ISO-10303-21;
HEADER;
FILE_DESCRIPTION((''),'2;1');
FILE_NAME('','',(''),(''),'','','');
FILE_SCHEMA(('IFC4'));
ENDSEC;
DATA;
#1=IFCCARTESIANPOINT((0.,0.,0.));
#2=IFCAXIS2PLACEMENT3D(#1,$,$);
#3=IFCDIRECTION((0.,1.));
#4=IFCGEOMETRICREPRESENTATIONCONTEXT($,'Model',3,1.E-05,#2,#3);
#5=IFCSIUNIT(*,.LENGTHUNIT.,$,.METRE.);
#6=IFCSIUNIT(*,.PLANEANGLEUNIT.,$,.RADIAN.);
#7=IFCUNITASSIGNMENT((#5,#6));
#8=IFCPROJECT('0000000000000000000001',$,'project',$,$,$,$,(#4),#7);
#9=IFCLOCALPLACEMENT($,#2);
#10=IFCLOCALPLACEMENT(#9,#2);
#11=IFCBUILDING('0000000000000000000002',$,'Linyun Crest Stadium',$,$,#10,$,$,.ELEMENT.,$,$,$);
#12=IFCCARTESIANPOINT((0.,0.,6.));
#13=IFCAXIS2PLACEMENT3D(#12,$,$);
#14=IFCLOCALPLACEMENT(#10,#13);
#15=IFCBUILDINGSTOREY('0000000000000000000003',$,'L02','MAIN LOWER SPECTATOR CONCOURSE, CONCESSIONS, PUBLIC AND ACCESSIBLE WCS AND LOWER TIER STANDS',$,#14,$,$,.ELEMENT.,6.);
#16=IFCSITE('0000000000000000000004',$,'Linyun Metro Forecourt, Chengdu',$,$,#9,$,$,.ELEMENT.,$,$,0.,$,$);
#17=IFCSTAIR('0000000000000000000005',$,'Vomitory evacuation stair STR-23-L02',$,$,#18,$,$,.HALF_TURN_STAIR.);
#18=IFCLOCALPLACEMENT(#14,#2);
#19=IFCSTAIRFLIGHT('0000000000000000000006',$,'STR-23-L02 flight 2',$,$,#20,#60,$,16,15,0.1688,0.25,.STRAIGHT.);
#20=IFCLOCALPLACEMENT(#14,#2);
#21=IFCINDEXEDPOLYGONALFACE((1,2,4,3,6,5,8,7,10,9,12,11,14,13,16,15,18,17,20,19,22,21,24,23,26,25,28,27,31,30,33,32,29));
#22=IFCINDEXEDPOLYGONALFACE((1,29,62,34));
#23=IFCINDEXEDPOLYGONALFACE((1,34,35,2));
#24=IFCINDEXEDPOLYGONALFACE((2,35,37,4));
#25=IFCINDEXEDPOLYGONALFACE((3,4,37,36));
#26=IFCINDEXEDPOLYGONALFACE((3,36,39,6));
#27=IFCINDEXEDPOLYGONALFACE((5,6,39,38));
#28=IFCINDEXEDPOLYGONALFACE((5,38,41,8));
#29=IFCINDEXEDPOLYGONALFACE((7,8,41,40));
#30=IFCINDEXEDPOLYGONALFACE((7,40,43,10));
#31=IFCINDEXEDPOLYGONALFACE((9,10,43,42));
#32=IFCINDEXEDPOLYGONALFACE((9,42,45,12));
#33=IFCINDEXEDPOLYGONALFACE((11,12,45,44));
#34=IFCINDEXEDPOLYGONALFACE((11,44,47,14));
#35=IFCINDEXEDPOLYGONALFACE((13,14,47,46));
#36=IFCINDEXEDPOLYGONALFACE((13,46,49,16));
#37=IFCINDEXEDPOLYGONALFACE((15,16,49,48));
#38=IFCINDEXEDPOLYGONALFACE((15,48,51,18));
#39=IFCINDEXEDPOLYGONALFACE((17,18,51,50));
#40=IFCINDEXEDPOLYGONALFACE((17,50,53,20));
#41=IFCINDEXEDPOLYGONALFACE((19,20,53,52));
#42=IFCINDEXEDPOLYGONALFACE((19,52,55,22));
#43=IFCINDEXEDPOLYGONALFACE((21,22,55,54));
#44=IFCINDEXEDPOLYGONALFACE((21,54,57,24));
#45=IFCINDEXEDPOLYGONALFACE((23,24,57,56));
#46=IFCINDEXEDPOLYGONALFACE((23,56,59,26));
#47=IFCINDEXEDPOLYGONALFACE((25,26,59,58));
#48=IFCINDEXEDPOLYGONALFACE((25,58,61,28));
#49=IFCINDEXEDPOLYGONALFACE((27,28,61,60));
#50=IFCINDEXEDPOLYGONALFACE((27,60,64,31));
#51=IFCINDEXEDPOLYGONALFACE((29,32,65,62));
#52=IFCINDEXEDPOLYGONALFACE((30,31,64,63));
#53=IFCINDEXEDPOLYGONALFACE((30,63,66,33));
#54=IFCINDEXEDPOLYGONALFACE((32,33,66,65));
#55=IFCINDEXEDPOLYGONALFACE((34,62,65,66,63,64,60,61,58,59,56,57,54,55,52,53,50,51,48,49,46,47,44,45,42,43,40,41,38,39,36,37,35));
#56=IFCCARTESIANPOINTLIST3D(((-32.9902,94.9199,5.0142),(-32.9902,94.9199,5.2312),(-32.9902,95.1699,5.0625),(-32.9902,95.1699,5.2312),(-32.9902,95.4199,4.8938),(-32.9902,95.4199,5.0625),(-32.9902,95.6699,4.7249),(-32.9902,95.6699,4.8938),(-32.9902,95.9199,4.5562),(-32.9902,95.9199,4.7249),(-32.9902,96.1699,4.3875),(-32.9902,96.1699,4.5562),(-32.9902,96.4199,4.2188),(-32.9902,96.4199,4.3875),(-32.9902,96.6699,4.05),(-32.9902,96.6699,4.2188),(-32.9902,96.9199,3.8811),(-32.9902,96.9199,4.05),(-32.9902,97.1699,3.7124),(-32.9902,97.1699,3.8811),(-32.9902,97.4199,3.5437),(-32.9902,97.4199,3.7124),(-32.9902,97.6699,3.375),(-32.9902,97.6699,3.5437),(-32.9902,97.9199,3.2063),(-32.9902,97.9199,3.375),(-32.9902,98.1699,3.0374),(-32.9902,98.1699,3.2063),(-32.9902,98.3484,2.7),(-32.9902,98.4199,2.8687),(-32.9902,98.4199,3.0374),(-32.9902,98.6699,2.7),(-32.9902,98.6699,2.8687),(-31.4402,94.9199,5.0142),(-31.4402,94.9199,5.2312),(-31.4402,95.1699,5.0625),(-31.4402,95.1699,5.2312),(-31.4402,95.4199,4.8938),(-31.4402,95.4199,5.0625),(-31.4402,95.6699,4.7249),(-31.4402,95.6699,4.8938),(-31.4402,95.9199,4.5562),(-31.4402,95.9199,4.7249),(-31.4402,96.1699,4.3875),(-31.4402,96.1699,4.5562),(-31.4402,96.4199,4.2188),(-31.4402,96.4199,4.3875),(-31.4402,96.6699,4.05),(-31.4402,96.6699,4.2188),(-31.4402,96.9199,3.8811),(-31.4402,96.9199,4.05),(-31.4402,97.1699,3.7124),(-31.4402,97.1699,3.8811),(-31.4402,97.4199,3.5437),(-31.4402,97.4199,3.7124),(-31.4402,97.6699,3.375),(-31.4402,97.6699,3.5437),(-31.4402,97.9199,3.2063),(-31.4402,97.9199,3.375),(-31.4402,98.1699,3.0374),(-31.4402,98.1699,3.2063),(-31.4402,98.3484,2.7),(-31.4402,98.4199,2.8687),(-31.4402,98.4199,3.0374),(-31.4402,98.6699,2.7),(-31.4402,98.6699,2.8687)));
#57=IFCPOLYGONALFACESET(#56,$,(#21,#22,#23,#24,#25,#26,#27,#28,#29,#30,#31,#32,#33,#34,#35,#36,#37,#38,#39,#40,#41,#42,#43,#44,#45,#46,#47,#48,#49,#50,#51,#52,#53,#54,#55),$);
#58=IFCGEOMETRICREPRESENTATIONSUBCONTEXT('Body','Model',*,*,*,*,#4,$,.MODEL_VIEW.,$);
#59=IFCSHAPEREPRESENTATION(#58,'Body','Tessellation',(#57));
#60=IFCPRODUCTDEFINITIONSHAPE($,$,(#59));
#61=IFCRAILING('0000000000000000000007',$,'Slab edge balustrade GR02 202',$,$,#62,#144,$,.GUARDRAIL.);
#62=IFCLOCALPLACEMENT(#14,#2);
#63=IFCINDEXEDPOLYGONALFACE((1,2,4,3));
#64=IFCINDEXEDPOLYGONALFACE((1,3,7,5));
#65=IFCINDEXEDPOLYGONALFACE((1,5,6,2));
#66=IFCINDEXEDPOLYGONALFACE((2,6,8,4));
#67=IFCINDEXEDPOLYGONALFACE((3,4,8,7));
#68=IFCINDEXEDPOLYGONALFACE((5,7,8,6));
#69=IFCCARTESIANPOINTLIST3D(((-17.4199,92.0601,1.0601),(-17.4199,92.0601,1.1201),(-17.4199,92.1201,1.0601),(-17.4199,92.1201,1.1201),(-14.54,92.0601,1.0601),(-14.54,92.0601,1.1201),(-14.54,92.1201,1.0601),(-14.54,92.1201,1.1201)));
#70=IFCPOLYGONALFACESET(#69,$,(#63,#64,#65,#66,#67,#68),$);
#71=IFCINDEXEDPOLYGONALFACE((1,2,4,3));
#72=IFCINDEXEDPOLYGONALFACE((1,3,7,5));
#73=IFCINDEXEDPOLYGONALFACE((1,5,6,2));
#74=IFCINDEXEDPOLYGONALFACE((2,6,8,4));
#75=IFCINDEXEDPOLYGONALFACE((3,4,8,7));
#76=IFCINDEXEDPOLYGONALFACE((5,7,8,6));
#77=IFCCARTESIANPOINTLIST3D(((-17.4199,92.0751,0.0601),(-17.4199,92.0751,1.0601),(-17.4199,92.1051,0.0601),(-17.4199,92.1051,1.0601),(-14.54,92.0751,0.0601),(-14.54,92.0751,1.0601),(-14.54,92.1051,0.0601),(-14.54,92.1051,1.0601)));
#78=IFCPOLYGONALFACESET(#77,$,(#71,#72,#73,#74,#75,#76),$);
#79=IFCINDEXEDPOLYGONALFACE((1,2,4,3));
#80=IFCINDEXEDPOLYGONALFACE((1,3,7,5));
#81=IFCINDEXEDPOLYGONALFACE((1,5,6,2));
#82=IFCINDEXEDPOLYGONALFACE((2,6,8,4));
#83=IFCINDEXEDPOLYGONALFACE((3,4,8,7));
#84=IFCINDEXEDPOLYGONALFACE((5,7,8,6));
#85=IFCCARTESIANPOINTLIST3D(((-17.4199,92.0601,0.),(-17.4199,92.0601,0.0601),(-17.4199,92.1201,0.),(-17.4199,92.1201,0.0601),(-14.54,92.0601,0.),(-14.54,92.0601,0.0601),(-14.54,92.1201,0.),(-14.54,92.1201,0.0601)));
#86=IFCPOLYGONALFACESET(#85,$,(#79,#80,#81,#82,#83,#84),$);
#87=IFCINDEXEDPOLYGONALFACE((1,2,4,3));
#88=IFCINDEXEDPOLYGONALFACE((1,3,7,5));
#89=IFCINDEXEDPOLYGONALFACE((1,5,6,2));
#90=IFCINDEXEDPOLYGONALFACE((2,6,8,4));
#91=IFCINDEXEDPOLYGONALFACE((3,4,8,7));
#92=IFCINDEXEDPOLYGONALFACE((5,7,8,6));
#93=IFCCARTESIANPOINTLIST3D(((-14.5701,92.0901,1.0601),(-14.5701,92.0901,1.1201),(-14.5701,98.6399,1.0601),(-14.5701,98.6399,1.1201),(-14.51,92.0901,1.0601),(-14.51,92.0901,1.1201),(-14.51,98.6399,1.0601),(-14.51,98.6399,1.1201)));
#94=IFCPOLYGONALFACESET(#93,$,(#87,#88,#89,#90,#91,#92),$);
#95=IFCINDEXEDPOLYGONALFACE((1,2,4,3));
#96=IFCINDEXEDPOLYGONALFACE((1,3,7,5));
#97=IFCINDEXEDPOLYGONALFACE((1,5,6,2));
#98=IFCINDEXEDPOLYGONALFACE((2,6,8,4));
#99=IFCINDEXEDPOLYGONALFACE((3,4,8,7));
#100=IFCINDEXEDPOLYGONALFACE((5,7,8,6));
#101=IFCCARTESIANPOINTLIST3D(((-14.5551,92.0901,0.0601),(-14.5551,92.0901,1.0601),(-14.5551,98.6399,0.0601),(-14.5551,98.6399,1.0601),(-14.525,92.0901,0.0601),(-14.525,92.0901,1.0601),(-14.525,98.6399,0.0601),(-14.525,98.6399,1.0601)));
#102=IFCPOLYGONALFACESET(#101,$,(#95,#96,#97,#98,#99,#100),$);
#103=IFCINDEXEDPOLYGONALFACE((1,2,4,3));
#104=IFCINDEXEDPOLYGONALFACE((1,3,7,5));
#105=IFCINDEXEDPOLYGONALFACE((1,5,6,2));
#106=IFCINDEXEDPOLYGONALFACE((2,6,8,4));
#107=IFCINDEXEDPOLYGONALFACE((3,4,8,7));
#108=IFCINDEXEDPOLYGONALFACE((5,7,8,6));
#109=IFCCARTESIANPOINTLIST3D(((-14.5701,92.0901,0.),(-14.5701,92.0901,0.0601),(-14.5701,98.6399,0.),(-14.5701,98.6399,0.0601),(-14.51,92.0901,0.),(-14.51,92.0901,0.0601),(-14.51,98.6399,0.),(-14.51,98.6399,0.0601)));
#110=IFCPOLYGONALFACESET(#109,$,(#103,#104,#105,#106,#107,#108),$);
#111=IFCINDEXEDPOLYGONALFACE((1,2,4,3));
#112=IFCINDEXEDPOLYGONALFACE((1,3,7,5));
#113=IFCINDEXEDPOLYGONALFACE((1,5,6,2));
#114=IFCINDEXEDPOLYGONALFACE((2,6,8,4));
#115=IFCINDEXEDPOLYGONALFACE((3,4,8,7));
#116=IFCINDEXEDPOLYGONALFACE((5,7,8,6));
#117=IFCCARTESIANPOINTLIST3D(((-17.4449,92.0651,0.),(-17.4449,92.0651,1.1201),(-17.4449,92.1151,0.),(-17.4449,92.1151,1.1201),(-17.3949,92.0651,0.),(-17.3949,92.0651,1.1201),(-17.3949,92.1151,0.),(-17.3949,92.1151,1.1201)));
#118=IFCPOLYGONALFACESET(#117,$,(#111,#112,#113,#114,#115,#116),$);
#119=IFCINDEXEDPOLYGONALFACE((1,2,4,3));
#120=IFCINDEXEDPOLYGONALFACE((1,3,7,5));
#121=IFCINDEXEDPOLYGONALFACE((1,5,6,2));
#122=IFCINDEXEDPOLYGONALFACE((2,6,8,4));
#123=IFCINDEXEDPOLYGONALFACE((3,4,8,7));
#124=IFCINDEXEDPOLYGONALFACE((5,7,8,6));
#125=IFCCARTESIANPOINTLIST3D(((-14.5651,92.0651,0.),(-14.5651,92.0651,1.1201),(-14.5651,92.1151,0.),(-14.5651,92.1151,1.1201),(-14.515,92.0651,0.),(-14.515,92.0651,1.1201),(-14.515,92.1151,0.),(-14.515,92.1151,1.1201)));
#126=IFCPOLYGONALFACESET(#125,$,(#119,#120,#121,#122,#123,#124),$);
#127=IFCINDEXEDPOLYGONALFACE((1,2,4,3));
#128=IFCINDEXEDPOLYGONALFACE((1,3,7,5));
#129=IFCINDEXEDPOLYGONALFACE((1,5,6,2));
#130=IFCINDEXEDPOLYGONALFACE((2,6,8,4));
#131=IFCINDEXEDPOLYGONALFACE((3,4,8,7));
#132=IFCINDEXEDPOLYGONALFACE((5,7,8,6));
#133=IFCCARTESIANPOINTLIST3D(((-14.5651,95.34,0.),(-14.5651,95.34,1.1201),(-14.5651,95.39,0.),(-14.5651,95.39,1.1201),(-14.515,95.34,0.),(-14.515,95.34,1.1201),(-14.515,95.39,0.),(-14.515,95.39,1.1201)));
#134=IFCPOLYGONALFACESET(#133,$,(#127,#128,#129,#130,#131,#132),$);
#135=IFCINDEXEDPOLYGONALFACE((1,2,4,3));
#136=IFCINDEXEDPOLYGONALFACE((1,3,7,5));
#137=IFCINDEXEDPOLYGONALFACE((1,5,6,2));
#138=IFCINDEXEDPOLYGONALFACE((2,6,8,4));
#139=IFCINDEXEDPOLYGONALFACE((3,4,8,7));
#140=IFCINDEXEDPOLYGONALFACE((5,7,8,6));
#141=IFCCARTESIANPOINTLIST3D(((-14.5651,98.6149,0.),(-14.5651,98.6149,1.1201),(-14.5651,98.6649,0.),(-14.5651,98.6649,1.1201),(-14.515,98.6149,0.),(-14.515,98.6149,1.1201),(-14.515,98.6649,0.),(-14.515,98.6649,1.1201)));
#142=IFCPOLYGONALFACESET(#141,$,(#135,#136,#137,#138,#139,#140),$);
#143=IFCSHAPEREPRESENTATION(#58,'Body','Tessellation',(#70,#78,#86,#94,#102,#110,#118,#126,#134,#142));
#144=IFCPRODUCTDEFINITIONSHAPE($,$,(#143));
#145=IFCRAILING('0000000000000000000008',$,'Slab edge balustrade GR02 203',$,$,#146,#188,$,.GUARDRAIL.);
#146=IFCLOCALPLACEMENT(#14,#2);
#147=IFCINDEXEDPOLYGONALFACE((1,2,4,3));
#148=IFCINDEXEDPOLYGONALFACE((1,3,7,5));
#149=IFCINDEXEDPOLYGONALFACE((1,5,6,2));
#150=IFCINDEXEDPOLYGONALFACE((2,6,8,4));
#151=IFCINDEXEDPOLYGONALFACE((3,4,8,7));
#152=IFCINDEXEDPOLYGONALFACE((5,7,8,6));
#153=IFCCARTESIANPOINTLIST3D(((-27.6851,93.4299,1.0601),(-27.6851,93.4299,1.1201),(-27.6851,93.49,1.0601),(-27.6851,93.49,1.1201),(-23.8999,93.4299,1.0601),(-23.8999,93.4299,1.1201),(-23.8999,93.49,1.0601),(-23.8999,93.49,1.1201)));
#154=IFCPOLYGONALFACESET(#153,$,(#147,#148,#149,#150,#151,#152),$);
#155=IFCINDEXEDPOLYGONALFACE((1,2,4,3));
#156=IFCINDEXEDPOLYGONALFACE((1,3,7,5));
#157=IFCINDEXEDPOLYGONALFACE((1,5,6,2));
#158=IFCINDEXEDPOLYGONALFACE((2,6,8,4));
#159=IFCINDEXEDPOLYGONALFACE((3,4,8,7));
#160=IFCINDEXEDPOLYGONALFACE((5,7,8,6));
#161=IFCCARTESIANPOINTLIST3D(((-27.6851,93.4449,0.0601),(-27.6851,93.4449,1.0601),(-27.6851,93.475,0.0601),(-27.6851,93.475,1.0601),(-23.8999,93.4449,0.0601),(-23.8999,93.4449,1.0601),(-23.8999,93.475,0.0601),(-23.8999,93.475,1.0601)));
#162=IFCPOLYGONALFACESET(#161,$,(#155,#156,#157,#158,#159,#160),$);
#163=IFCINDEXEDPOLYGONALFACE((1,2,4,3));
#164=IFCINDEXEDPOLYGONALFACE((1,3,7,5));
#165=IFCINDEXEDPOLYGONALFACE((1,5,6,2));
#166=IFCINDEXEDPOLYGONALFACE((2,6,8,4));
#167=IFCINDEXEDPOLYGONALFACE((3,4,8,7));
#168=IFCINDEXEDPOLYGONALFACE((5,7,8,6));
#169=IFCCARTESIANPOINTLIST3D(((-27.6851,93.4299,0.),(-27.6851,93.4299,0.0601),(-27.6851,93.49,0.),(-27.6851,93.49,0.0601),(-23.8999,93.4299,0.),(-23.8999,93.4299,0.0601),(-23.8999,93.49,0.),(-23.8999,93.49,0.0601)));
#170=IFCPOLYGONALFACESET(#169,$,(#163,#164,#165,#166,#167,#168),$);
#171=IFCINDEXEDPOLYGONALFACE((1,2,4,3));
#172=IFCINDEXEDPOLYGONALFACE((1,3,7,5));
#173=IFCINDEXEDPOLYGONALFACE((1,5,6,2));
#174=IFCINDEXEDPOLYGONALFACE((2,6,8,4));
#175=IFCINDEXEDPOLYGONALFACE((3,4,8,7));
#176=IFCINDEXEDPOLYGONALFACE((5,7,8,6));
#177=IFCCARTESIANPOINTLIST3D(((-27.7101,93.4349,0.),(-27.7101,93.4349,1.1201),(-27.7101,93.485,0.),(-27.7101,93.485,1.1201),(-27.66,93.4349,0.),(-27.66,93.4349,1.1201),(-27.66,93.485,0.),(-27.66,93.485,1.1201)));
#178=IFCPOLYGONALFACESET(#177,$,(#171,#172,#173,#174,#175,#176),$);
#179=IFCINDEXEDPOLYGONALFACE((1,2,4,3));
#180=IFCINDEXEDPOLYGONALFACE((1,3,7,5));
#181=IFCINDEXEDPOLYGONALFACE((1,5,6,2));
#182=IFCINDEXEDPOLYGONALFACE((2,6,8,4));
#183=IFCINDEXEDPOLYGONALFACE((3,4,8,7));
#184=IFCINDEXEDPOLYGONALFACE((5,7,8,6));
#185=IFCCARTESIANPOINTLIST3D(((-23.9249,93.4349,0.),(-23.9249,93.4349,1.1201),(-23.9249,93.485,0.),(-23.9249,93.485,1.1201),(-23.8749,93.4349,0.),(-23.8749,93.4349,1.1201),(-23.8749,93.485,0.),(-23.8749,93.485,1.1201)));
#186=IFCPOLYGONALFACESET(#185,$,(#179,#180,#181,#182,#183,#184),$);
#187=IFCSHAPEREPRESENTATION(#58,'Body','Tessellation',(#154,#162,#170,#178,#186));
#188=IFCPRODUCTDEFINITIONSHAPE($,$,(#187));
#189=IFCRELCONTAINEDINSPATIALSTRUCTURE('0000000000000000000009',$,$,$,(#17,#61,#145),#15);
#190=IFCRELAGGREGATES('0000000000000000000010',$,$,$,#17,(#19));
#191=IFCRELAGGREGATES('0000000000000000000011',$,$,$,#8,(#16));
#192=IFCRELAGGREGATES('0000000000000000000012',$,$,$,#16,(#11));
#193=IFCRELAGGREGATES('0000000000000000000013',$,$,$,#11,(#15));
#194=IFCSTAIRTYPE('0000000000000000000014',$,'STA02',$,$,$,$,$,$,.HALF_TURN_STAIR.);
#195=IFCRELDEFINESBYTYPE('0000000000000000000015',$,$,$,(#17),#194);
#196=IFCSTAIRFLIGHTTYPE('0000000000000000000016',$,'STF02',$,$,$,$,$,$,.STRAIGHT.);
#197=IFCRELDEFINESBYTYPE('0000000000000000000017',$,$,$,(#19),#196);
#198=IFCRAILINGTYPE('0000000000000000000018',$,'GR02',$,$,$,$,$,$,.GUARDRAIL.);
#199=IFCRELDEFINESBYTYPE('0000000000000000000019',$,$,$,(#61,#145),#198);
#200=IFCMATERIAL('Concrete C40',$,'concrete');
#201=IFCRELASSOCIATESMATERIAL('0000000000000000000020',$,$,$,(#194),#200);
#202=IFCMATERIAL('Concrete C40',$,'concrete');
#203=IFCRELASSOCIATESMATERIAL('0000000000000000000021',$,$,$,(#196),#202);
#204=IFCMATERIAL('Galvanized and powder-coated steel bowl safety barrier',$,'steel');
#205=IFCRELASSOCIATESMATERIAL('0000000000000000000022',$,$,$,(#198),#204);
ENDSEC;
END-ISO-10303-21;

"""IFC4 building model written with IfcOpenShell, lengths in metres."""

from ifc_helpers import new_model, si_unit, direction, frame, origin, origin_2d, place, context, subcontext, project, spatial, polyline, rectangle, outline, extrude, material, type_object, element, aggregate, save


model = new_model("IFC4")

# Units and contexts
model_context = context("Model", 3, precision=1e-05, world=origin(), true_north=direction((0.0, 1.0)))
body_context = subcontext(model_context, "Body", "Model", "MODEL_VIEW")
ifc_project = project(units=[si_unit("LENGTHUNIT", "METRE"), si_unit("PLANEANGLEUNIT", "RADIAN")], contexts=[model_context])

# Site, building, storey
site_placement = place(None, origin())
site = spatial("IfcSite", under=ifc_project, at=site_placement, Name="Linyun Metro Forecourt, Chengdu", CompositionType="ELEMENT", RefElevation=0.0)
building_placement = place(site_placement, origin())
building = spatial("IfcBuilding", under=site, at=building_placement, Name="Linyun Crest Stadium", CompositionType="ELEMENT")
storey_placement = place(building_placement, frame((0.0, 0.0, 6.0)))
storey = spatial("IfcBuildingStorey", under=building, at=storey_placement, Name="L02", Description="MAIN LOWER SPECTATOR CONCOURSE, CONCESSIONS, PUBLIC AND ACCESSIBLE WCS AND LOWER TIER STANDS", CompositionType="ELEMENT", Elevation=6.0)

# Stair, stair flight
ifc_material_1 = material(Name="Concrete C40", Category="concrete")
stair_type = type_object("IfcStairType", Name="STA02", PredefinedType="HALF_TURN_STAIR", material=ifc_material_1)
stair_1_placement = place(storey_placement, origin())
stair_1 = element("IfcStair", 1, at=stair_1_placement, inside=storey, type_object=stair_type, Name="Vomitory evacuation stair STR-23-L02", PredefinedType="HALF_TURN_STAIR")
ifc_material_2 = material(Name="Concrete C40", Category="concrete")
stair_flight_type_1 = type_object("IfcStairFlightType", Name="STF02", PredefinedType="STRAIGHT", material=ifc_material_2)
stair_flight_1_placement = place(storey_placement, frame((-32.2151, 98.6699, 2.7), z_axis=(0.0, 0.0, 1.0), x_axis=(0.0, -1.0, 0.0)))
stair_flight_1 = element("IfcStairFlight", 2, at=stair_flight_1_placement, type_object=stair_flight_type_1, Name="STR-23-L02 flight 2", NumberOfRisers=16, NumberOfTreads=15, PredefinedType="STRAIGHT", RiserHeight=0.1688, TreadLength=0.25, context=body_context, shape_type="SweptSolid", body=[
    extrude(outline(polyline([(0.0, 0.0), (0.0, 0.1687), (0.25, 0.1687), (0.25, 0.3374), (0.5, 0.3374), (0.5, 0.5063), (0.75, 0.5063), (0.75, 0.675), (1.0, 0.675), (1.0, 0.8438), (1.25, 0.8438), (1.25, 1.0125), (1.5, 1.0125), (1.5, 1.1812), (1.75, 1.1812), (1.75, 1.3501), (2.0, 1.3501), (2.0, 1.5188), (2.25, 1.5188), (2.25, 1.6875), (2.5, 1.6875), (2.5, 1.8562), (2.75, 1.8562), (2.75, 2.0249), (3.0, 2.0249), (3.0, 2.1938), (3.25, 2.1938), (3.25, 2.3625), (3.5, 2.3625), (3.5, 2.5312), (3.75, 2.5312), (3.75, 2.7), (3.75, 2.3142), (0.3215, 0.0), (0.0, 0.0)])), frame((0.0, 0.7749, 0.0), z_axis=(0.0, -1.0, 0.0), x_axis=(1.0, 0.0, 0.0)), (0.0, 0.0, 1.0), 1.55),
])
aggregate(stair_1, [stair_flight_1])

# Railings
ifc_material_3 = material(Name="Galvanized and powder-coated steel bowl safety barrier", Category="steel")
railing_type_1 = type_object("IfcRailingType", Name="GR02", PredefinedType="GUARDRAIL", material=ifc_material_3)
railing_1_placement = place(storey_placement, frame((-17.4199, 92.0901, 0.0)))
element("IfcRailing", 3, at=railing_1_placement, inside=storey, type_object=railing_type_1, Name="Slab edge balustrade GR02 202", PredefinedType="GUARDRAIL", context=body_context, shape_type="SweptSolid", body=[
    extrude(rectangle(XDim=0.0601, YDim=0.0601, at=origin_2d()), frame((0.0, 0.0, 1.0901), z_axis=(1.0, 0.0, 0.0), x_axis=(0.0, 1.0, 0.0)), (0.0, 0.0, 1.0), 2.8799),
    extrude(rectangle(XDim=0.03, YDim=1.0, at=origin_2d()), frame((0.0, 0.0, 0.5601), z_axis=(1.0, 0.0, 0.0), x_axis=(0.0, 1.0, 0.0)), (0.0, 0.0, 1.0), 2.8799),
    extrude(rectangle(XDim=0.0601, YDim=0.0601, at=origin_2d()), frame((0.0, 0.0, 0.03), z_axis=(1.0, 0.0, 0.0), x_axis=(0.0, 1.0, 0.0)), (0.0, 0.0, 1.0), 2.8799),
    extrude(rectangle(XDim=0.0601, YDim=0.0601, at=origin_2d()), frame((2.8799, 0.0, 1.0901), z_axis=(0.0, 1.0, 0.0), x_axis=(-1.0, 0.0, 0.0)), (0.0, 0.0, 1.0), 6.5498),
    extrude(rectangle(XDim=0.03, YDim=1.0, at=origin_2d()), frame((2.8799, 0.0, 0.5601), z_axis=(0.0, 1.0, 0.0), x_axis=(-1.0, 0.0, 0.0)), (0.0, 0.0, 1.0), 6.5498),
    extrude(rectangle(XDim=0.0601, YDim=0.0601, at=origin_2d()), frame((2.8799, 0.0, 0.03), z_axis=(0.0, 1.0, 0.0), x_axis=(-1.0, 0.0, 0.0)), (0.0, 0.0, 1.0), 6.5498),
    extrude(rectangle(XDim=0.05, YDim=0.05, at=origin_2d()), origin(), (0.0, 0.0, 1.0), 1.1201),
    extrude(rectangle(XDim=0.05, YDim=0.05, at=origin_2d()), frame((2.8799, 0.0, 0.0)), (0.0, 0.0, 1.0), 1.1201),
    extrude(rectangle(XDim=0.05, YDim=0.05, at=origin_2d()), frame((2.8799, 3.2749, 0.0)), (0.0, 0.0, 1.0), 1.1201),
    extrude(rectangle(XDim=0.05, YDim=0.05, at=origin_2d()), frame((2.8799, 6.5498, 0.0)), (0.0, 0.0, 1.0), 1.1201),
])
railing_2_placement = place(storey_placement, frame((-27.6851, 93.46, 0.0)))
element("IfcRailing", 4, at=railing_2_placement, inside=storey, type_object=railing_type_1, Name="Slab edge balustrade GR02 203", PredefinedType="GUARDRAIL", context=body_context, shape_type="SweptSolid", body=[
    extrude(rectangle(XDim=0.0601, YDim=0.0601, at=origin_2d()), frame((0.0, 0.0, 1.0901), z_axis=(1.0, 0.0, 0.0), x_axis=(0.0, 1.0, 0.0)), (0.0, 0.0, 1.0), 3.7852),
    extrude(rectangle(XDim=0.03, YDim=1.0, at=origin_2d()), frame((0.0, 0.0, 0.5601), z_axis=(1.0, 0.0, 0.0), x_axis=(0.0, 1.0, 0.0)), (0.0, 0.0, 1.0), 3.7852),
    extrude(rectangle(XDim=0.0601, YDim=0.0601, at=origin_2d()), frame((0.0, 0.0, 0.03), z_axis=(1.0, 0.0, 0.0), x_axis=(0.0, 1.0, 0.0)), (0.0, 0.0, 1.0), 3.7852),
    extrude(rectangle(XDim=0.05, YDim=0.05, at=origin_2d()), origin(), (0.0, 0.0, 1.0), 1.1201),
    extrude(rectangle(XDim=0.05, YDim=0.05, at=origin_2d()), frame((3.7852, 0.0, 0.0)), (0.0, 0.0, 1.0), 1.1201),
])

save(model, "model.ifc")
